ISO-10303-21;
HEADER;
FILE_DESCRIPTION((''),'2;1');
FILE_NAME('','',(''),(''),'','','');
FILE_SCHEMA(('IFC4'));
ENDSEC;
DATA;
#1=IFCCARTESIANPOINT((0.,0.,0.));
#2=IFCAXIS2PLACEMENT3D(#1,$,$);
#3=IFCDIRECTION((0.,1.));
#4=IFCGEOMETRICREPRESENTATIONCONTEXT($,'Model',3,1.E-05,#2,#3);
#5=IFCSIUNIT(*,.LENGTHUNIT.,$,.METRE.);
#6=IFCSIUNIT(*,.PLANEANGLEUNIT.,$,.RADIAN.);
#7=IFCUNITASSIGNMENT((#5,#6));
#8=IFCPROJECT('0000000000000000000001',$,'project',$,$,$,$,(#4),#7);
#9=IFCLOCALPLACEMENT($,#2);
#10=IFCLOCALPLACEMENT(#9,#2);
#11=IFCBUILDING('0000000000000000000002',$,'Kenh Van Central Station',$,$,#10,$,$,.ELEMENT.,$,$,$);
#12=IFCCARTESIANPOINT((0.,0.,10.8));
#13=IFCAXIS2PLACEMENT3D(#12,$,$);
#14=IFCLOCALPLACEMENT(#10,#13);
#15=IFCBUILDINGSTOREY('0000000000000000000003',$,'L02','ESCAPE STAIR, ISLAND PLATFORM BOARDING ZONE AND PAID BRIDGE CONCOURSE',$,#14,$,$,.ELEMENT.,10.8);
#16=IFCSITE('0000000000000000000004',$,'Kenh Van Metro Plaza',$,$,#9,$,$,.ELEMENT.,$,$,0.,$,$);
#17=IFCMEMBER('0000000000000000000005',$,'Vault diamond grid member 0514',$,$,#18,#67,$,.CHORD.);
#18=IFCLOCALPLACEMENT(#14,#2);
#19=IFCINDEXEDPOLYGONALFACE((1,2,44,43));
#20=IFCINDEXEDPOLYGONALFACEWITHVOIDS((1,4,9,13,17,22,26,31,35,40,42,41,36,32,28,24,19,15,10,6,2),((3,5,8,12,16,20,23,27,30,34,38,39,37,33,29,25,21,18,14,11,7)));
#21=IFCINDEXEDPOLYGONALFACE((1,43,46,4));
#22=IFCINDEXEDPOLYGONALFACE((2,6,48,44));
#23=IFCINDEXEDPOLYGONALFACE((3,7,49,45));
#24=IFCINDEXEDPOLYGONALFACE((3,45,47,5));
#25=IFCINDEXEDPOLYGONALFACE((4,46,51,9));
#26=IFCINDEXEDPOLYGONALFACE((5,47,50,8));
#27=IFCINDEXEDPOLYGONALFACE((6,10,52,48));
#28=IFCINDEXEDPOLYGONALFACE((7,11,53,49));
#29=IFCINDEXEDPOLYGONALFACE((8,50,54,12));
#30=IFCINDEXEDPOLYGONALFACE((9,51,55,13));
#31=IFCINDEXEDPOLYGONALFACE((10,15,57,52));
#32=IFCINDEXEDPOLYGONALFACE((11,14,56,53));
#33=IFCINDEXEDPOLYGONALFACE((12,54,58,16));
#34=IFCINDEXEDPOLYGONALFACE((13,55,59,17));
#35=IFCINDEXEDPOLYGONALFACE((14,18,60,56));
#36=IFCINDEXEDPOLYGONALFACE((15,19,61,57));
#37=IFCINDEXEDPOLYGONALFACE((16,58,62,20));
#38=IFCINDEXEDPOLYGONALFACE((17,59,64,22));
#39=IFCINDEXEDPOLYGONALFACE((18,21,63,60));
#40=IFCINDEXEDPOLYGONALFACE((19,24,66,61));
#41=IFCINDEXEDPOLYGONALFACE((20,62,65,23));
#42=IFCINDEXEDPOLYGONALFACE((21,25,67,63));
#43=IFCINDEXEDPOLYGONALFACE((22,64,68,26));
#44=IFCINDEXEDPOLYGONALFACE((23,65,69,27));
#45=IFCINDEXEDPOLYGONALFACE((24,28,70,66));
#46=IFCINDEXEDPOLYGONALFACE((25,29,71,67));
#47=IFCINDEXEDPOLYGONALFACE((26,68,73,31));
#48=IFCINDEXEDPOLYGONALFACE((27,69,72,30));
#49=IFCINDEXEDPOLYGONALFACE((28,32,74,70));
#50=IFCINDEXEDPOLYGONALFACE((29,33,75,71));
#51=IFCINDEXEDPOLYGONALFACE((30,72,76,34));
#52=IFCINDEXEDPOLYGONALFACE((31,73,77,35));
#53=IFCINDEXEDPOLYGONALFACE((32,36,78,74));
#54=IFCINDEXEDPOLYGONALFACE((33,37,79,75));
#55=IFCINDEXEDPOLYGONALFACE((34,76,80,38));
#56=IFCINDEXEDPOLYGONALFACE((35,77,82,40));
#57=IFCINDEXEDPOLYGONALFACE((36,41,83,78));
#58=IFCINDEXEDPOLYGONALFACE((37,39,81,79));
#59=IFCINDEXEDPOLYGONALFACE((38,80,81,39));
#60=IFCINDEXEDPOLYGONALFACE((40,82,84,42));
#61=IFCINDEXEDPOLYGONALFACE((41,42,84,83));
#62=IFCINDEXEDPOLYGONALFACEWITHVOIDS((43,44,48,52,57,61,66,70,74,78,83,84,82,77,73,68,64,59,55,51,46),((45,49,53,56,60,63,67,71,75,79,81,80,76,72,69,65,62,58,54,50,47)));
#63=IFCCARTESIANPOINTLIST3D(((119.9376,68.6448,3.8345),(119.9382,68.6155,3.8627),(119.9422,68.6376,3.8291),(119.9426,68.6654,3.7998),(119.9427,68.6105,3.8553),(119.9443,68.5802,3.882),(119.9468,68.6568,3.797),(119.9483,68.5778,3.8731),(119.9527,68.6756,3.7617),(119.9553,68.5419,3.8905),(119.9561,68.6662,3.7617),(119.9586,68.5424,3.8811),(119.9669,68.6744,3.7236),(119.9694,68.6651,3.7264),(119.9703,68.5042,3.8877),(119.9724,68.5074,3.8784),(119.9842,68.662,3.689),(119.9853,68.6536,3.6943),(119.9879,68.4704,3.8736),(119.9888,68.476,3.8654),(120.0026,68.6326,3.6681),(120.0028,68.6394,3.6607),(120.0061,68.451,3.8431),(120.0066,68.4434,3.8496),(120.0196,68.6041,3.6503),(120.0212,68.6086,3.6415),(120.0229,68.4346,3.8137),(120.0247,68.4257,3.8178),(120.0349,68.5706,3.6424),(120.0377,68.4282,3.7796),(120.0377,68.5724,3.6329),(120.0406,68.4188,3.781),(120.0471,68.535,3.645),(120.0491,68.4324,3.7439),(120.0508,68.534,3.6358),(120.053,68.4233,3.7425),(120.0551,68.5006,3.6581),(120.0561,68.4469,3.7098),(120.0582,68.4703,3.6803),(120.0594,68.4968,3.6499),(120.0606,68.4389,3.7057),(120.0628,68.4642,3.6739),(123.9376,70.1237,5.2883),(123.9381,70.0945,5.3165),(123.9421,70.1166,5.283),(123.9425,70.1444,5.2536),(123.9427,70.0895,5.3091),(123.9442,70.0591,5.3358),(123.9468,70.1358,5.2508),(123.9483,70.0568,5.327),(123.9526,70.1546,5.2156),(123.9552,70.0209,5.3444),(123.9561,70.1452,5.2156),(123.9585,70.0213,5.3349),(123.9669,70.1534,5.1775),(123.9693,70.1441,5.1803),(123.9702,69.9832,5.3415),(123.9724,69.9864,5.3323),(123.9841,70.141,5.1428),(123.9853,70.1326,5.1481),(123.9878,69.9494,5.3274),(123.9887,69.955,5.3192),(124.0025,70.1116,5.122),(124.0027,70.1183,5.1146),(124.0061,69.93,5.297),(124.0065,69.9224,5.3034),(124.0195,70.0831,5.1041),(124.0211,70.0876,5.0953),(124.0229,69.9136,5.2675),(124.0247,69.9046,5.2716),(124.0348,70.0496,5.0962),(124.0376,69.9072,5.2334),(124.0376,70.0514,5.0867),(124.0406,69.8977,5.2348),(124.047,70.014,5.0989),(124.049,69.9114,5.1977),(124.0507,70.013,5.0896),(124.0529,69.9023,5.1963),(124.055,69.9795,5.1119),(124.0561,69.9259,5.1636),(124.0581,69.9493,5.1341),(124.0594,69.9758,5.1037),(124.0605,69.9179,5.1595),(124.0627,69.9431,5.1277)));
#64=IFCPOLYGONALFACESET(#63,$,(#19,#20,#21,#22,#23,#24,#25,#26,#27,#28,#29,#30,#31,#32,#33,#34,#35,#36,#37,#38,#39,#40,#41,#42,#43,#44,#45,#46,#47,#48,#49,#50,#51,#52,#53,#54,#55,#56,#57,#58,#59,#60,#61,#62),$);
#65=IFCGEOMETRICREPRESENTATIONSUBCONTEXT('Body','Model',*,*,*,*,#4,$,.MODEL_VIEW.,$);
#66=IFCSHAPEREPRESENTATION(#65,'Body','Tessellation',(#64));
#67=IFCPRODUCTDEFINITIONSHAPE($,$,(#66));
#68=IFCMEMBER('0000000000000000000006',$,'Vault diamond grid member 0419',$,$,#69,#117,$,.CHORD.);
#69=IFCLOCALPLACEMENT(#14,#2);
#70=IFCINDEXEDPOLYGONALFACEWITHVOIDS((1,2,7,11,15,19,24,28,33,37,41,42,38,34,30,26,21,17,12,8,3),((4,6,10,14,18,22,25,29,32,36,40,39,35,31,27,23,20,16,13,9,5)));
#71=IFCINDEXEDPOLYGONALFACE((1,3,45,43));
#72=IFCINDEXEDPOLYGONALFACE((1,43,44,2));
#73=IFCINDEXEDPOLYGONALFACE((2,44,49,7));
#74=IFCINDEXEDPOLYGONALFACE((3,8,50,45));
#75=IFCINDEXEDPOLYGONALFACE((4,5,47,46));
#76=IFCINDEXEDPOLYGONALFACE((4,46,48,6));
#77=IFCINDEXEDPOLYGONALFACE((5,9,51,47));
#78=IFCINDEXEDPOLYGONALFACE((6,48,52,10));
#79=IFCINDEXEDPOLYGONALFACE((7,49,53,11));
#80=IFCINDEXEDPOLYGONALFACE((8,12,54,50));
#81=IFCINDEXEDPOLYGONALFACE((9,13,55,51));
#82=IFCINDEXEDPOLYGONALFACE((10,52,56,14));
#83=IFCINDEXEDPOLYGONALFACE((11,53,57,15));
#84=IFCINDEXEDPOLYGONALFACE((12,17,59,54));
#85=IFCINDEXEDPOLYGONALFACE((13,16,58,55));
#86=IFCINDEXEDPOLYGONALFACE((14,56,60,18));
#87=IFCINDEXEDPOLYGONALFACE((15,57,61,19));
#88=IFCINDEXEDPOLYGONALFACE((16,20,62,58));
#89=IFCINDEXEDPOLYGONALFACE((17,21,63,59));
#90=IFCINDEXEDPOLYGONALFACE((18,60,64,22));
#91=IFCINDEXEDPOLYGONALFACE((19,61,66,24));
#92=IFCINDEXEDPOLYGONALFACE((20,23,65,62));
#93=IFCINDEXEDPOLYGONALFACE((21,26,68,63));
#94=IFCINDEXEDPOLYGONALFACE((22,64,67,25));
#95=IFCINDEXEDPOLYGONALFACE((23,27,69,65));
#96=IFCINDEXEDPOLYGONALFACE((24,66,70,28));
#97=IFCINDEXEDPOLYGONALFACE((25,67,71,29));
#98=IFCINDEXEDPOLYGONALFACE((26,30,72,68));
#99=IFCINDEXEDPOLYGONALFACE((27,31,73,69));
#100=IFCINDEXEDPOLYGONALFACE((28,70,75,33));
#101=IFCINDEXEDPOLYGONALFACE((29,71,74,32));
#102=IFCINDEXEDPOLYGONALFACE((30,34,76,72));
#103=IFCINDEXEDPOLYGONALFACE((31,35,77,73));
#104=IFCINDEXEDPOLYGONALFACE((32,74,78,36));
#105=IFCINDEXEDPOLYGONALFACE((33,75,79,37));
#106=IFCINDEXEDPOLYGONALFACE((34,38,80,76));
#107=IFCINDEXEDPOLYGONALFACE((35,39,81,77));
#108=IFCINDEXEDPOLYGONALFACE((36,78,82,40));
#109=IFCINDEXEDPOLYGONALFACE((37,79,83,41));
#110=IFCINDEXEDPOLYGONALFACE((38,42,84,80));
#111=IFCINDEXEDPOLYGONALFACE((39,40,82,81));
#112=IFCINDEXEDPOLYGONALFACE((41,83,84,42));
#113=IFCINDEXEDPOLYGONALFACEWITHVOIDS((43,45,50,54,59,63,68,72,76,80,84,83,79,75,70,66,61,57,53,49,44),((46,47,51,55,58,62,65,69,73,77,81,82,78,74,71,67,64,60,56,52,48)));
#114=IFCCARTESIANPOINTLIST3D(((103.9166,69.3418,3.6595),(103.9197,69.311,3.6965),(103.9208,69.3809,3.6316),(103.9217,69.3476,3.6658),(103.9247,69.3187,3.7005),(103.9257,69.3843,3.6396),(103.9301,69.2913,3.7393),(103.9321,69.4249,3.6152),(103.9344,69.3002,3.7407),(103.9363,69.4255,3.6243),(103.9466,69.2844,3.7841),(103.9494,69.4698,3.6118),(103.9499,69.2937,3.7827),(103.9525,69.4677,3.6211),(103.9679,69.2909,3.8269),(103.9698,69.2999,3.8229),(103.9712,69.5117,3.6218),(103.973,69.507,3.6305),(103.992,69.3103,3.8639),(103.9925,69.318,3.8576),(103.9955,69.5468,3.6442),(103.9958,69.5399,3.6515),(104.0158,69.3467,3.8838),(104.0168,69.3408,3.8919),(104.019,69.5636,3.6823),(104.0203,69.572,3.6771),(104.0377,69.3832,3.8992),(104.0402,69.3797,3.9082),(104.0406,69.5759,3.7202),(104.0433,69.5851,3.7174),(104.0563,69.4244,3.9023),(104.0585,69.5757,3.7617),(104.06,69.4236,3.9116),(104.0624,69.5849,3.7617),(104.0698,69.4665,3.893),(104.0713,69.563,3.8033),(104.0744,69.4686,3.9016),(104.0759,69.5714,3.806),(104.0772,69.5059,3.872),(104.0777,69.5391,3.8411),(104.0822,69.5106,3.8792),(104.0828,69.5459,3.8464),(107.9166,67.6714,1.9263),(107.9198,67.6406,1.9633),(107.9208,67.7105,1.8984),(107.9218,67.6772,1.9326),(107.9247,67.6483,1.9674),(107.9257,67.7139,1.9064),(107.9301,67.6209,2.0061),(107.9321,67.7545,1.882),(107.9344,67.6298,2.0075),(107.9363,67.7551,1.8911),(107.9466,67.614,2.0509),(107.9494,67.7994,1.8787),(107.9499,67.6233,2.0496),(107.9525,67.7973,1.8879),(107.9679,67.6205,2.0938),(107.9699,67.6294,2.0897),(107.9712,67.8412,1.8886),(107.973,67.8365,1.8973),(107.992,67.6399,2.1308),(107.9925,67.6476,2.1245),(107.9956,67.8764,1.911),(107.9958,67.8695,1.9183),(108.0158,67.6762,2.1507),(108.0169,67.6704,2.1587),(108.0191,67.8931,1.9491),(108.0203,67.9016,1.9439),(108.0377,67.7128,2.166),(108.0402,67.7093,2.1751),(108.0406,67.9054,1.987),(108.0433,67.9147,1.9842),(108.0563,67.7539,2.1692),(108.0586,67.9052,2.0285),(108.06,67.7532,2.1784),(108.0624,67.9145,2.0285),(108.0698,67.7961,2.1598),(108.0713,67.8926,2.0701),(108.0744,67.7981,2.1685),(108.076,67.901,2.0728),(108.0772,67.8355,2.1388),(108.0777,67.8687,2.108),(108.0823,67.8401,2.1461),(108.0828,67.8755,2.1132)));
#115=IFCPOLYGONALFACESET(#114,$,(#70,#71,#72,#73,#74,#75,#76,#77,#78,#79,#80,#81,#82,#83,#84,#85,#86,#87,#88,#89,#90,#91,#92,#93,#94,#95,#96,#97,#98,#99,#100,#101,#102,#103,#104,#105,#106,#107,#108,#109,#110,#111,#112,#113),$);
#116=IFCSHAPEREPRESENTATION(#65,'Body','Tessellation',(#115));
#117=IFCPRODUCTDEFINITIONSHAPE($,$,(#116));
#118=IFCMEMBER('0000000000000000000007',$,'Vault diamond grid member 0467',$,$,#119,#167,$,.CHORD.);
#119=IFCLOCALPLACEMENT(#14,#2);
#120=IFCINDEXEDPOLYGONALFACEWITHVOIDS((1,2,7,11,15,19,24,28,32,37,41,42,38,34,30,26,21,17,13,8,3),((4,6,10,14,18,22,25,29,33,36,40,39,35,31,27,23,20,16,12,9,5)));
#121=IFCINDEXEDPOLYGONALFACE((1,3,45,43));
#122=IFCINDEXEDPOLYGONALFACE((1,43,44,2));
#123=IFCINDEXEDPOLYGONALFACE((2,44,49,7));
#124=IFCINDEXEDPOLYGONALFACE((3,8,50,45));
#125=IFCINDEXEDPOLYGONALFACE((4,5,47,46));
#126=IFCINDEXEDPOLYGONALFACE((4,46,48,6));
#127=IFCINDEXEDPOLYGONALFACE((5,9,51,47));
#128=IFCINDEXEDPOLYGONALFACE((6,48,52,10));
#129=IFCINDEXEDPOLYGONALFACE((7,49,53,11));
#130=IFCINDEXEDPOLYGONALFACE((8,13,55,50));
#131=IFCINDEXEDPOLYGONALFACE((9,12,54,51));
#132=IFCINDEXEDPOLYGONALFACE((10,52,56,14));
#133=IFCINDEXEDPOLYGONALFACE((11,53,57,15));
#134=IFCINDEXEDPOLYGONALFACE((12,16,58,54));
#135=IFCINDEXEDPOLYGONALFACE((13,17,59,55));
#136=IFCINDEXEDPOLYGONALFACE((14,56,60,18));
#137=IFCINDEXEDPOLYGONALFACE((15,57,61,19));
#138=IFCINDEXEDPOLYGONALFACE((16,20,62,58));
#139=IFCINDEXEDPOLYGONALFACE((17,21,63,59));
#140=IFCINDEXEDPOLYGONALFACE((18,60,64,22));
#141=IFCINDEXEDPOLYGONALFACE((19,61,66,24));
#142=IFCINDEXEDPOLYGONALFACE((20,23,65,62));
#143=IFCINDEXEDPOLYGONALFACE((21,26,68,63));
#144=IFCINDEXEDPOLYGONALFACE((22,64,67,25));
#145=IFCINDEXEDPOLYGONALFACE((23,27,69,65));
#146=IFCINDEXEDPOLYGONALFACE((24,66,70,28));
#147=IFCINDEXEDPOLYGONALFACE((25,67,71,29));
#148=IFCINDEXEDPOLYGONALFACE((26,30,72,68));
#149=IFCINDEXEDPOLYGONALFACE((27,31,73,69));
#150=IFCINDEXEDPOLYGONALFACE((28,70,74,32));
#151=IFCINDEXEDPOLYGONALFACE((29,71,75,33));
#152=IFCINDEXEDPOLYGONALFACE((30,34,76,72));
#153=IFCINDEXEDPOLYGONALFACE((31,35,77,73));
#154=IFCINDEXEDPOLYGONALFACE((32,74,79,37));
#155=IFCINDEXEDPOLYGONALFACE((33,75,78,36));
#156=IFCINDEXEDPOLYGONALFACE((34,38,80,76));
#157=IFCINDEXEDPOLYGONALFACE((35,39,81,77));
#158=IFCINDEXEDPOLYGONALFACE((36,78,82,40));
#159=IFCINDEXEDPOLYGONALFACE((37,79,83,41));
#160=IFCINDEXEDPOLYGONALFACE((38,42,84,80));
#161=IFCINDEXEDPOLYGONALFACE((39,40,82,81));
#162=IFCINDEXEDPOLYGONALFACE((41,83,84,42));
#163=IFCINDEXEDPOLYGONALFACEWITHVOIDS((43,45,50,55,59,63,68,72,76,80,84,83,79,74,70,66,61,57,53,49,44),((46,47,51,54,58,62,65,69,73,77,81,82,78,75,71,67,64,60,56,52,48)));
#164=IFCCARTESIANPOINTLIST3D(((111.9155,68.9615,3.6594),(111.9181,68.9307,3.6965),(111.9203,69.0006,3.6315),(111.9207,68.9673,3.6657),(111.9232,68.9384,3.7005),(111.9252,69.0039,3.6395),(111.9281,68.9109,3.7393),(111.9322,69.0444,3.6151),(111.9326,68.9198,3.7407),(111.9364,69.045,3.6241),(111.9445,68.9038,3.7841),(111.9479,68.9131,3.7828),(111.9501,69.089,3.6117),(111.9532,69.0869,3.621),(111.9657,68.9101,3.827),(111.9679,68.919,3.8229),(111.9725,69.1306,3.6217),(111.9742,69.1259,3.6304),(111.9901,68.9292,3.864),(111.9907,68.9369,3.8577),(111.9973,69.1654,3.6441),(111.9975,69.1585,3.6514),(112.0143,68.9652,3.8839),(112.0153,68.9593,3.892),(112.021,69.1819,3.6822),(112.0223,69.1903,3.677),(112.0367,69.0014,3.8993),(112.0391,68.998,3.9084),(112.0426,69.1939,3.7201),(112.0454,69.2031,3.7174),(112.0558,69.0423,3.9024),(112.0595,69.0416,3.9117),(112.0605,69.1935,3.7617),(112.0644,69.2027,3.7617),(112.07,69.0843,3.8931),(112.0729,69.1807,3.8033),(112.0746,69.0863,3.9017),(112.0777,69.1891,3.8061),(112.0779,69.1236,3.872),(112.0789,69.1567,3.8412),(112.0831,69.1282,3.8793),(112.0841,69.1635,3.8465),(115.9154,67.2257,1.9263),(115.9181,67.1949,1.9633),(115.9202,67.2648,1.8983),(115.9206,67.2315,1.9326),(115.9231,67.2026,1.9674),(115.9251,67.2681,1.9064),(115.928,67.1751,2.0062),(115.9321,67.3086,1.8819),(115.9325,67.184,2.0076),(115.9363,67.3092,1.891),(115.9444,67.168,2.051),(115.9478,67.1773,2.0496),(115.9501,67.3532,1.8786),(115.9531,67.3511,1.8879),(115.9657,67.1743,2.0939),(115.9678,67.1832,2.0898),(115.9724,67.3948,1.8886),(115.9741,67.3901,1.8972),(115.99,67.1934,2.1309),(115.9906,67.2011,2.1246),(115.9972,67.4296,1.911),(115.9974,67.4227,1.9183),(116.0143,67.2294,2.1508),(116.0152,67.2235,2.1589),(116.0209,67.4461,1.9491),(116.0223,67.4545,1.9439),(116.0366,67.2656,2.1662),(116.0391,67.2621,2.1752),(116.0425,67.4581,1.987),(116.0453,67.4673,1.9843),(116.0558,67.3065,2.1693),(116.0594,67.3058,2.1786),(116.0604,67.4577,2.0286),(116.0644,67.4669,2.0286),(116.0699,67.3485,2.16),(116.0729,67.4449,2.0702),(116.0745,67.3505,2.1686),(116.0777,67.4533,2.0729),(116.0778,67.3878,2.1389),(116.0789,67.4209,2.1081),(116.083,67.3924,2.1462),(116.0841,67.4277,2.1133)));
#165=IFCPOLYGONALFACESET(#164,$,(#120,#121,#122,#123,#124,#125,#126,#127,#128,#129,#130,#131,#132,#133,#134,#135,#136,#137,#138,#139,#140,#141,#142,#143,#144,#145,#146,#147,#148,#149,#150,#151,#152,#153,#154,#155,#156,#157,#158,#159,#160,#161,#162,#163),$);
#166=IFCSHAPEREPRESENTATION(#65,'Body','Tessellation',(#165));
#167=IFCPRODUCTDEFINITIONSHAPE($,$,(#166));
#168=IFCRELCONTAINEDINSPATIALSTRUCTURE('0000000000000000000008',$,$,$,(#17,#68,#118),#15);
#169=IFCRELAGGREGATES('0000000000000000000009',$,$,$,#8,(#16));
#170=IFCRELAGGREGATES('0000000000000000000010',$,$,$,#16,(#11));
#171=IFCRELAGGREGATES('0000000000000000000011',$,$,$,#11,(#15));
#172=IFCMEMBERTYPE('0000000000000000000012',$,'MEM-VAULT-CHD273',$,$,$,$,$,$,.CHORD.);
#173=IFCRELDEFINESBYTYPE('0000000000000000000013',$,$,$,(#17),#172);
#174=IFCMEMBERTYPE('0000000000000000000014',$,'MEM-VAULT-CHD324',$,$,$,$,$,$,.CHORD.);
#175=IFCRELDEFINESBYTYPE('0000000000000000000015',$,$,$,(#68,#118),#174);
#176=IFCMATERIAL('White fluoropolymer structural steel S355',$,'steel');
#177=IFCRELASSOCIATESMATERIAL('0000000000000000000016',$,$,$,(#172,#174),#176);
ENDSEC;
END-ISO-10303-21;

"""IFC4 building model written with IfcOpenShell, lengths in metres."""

from ifc_helpers import new_model, si_unit, direction, frame, origin, origin_2d, place, context, subcontext, project, spatial, hollow_circle, extrude, material, material_profile, profile_set, type_object, element, save


model = new_model("IFC4")

# Units and contexts
model_context = context("Model", 3, precision=1e-05, world=origin(), true_north=direction((0.0, 1.0)))
body_context = subcontext(model_context, "Body", "Model", "MODEL_VIEW")
ifc_project = project(units=[si_unit("LENGTHUNIT", "METRE"), si_unit("PLANEANGLEUNIT", "RADIAN")], contexts=[model_context])

# Site, building, storey
site_placement = place(None, origin())
site = spatial("IfcSite", under=ifc_project, at=site_placement, Name="Kenh Van Metro Plaza", CompositionType="ELEMENT", RefElevation=0.0)
building_placement = place(site_placement, origin())
building = spatial("IfcBuilding", under=site, at=building_placement, Name="Kenh Van Central Station", CompositionType="ELEMENT")
storey_placement = place(building_placement, frame((0.0, 0.0, 10.8)))
storey = spatial("IfcBuildingStorey", under=building, at=storey_placement, Name="L02", Description="ESCAPE STAIR, ISLAND PLATFORM BOARDING ZONE AND PAID BRIDGE CONCOURSE", CompositionType="ELEMENT", Elevation=10.8)

# Shared definitions
ifc_material_1 = material(Name="White fluoropolymer structural steel S355", Category="steel")

# Members
ifc_material_profile_1 = material_profile(ifc_material_1, hollow_circle(Radius=0.1365, WallThickness=0.01, at=origin_2d()), Name="CHS 273x10")
ifc_profile_set_1 = profile_set([ifc_material_profile_1], Name="White fluoropolymer structural steel S355")
member_type_1 = type_object("IfcMemberType", Name="MEM-VAULT-CHD273", PredefinedType="CHORD", material=ifc_profile_set_1)
member_1_placement = place(storey_placement, frame((120.0, 68.5476, 3.7617), z_axis=(0.887768, 0.328253, 0.322672), x_axis=(-0.346803, 0.937938, 0.0)))
element("IfcMember", 1, at=member_1_placement, inside=storey, type_object=member_type_1, Name="Vault diamond grid member 0514", PredefinedType="CHORD", context=body_context, shape_type="SweptSolid", body=[
    extrude(hollow_circle(Radius=0.1365, WallThickness=0.01, at=origin_2d()), origin(), (0.0, 0.0, 1.0), 4.5056),
])
ifc_material_profile_2 = material_profile(ifc_material_1, hollow_circle(Radius=0.1619, WallThickness=0.01, at=origin_2d()), Name="CHS 323.9x10")
ifc_profile_set_2 = profile_set([ifc_material_profile_2], Name="White fluoropolymer structural steel S355")
member_type_2 = type_object("IfcMemberType", Name="MEM-VAULT-CHD324", PredefinedType="CHORD", material=ifc_profile_set_2)
member_2_placement = place(storey_placement, frame((104.0, 69.4355, 3.7617), z_axis=(0.856822, -0.357811, -0.371251), x_axis=(0.385351, 0.92277, 0.0)))
element("IfcMember", 2, at=member_2_placement, inside=storey, type_object=member_type_2, Name="Vault diamond grid member 0419", PredefinedType="CHORD", context=body_context, shape_type="SweptSolid", body=[
    extrude(hollow_circle(Radius=0.1619, WallThickness=0.01, at=origin_2d()), origin(), (0.0, 0.0, 1.0), 4.6685),
])
member_3_placement = place(storey_placement, frame((112.0, 69.0542, 3.7617), z_axis=(0.852474, -0.36994, -0.369367), x_axis=(0.398091, 0.917346, 0.0)))
element("IfcMember", 3, at=member_3_placement, inside=storey, type_object=member_type_2, Name="Vault diamond grid member 0467", PredefinedType="CHORD", context=body_context, shape_type="SweptSolid", body=[
    extrude(hollow_circle(Radius=0.1619, WallThickness=0.01, at=origin_2d()), origin(), (0.0, 0.0, 1.0), 4.6921),
])

save(model, "model.ifc")
